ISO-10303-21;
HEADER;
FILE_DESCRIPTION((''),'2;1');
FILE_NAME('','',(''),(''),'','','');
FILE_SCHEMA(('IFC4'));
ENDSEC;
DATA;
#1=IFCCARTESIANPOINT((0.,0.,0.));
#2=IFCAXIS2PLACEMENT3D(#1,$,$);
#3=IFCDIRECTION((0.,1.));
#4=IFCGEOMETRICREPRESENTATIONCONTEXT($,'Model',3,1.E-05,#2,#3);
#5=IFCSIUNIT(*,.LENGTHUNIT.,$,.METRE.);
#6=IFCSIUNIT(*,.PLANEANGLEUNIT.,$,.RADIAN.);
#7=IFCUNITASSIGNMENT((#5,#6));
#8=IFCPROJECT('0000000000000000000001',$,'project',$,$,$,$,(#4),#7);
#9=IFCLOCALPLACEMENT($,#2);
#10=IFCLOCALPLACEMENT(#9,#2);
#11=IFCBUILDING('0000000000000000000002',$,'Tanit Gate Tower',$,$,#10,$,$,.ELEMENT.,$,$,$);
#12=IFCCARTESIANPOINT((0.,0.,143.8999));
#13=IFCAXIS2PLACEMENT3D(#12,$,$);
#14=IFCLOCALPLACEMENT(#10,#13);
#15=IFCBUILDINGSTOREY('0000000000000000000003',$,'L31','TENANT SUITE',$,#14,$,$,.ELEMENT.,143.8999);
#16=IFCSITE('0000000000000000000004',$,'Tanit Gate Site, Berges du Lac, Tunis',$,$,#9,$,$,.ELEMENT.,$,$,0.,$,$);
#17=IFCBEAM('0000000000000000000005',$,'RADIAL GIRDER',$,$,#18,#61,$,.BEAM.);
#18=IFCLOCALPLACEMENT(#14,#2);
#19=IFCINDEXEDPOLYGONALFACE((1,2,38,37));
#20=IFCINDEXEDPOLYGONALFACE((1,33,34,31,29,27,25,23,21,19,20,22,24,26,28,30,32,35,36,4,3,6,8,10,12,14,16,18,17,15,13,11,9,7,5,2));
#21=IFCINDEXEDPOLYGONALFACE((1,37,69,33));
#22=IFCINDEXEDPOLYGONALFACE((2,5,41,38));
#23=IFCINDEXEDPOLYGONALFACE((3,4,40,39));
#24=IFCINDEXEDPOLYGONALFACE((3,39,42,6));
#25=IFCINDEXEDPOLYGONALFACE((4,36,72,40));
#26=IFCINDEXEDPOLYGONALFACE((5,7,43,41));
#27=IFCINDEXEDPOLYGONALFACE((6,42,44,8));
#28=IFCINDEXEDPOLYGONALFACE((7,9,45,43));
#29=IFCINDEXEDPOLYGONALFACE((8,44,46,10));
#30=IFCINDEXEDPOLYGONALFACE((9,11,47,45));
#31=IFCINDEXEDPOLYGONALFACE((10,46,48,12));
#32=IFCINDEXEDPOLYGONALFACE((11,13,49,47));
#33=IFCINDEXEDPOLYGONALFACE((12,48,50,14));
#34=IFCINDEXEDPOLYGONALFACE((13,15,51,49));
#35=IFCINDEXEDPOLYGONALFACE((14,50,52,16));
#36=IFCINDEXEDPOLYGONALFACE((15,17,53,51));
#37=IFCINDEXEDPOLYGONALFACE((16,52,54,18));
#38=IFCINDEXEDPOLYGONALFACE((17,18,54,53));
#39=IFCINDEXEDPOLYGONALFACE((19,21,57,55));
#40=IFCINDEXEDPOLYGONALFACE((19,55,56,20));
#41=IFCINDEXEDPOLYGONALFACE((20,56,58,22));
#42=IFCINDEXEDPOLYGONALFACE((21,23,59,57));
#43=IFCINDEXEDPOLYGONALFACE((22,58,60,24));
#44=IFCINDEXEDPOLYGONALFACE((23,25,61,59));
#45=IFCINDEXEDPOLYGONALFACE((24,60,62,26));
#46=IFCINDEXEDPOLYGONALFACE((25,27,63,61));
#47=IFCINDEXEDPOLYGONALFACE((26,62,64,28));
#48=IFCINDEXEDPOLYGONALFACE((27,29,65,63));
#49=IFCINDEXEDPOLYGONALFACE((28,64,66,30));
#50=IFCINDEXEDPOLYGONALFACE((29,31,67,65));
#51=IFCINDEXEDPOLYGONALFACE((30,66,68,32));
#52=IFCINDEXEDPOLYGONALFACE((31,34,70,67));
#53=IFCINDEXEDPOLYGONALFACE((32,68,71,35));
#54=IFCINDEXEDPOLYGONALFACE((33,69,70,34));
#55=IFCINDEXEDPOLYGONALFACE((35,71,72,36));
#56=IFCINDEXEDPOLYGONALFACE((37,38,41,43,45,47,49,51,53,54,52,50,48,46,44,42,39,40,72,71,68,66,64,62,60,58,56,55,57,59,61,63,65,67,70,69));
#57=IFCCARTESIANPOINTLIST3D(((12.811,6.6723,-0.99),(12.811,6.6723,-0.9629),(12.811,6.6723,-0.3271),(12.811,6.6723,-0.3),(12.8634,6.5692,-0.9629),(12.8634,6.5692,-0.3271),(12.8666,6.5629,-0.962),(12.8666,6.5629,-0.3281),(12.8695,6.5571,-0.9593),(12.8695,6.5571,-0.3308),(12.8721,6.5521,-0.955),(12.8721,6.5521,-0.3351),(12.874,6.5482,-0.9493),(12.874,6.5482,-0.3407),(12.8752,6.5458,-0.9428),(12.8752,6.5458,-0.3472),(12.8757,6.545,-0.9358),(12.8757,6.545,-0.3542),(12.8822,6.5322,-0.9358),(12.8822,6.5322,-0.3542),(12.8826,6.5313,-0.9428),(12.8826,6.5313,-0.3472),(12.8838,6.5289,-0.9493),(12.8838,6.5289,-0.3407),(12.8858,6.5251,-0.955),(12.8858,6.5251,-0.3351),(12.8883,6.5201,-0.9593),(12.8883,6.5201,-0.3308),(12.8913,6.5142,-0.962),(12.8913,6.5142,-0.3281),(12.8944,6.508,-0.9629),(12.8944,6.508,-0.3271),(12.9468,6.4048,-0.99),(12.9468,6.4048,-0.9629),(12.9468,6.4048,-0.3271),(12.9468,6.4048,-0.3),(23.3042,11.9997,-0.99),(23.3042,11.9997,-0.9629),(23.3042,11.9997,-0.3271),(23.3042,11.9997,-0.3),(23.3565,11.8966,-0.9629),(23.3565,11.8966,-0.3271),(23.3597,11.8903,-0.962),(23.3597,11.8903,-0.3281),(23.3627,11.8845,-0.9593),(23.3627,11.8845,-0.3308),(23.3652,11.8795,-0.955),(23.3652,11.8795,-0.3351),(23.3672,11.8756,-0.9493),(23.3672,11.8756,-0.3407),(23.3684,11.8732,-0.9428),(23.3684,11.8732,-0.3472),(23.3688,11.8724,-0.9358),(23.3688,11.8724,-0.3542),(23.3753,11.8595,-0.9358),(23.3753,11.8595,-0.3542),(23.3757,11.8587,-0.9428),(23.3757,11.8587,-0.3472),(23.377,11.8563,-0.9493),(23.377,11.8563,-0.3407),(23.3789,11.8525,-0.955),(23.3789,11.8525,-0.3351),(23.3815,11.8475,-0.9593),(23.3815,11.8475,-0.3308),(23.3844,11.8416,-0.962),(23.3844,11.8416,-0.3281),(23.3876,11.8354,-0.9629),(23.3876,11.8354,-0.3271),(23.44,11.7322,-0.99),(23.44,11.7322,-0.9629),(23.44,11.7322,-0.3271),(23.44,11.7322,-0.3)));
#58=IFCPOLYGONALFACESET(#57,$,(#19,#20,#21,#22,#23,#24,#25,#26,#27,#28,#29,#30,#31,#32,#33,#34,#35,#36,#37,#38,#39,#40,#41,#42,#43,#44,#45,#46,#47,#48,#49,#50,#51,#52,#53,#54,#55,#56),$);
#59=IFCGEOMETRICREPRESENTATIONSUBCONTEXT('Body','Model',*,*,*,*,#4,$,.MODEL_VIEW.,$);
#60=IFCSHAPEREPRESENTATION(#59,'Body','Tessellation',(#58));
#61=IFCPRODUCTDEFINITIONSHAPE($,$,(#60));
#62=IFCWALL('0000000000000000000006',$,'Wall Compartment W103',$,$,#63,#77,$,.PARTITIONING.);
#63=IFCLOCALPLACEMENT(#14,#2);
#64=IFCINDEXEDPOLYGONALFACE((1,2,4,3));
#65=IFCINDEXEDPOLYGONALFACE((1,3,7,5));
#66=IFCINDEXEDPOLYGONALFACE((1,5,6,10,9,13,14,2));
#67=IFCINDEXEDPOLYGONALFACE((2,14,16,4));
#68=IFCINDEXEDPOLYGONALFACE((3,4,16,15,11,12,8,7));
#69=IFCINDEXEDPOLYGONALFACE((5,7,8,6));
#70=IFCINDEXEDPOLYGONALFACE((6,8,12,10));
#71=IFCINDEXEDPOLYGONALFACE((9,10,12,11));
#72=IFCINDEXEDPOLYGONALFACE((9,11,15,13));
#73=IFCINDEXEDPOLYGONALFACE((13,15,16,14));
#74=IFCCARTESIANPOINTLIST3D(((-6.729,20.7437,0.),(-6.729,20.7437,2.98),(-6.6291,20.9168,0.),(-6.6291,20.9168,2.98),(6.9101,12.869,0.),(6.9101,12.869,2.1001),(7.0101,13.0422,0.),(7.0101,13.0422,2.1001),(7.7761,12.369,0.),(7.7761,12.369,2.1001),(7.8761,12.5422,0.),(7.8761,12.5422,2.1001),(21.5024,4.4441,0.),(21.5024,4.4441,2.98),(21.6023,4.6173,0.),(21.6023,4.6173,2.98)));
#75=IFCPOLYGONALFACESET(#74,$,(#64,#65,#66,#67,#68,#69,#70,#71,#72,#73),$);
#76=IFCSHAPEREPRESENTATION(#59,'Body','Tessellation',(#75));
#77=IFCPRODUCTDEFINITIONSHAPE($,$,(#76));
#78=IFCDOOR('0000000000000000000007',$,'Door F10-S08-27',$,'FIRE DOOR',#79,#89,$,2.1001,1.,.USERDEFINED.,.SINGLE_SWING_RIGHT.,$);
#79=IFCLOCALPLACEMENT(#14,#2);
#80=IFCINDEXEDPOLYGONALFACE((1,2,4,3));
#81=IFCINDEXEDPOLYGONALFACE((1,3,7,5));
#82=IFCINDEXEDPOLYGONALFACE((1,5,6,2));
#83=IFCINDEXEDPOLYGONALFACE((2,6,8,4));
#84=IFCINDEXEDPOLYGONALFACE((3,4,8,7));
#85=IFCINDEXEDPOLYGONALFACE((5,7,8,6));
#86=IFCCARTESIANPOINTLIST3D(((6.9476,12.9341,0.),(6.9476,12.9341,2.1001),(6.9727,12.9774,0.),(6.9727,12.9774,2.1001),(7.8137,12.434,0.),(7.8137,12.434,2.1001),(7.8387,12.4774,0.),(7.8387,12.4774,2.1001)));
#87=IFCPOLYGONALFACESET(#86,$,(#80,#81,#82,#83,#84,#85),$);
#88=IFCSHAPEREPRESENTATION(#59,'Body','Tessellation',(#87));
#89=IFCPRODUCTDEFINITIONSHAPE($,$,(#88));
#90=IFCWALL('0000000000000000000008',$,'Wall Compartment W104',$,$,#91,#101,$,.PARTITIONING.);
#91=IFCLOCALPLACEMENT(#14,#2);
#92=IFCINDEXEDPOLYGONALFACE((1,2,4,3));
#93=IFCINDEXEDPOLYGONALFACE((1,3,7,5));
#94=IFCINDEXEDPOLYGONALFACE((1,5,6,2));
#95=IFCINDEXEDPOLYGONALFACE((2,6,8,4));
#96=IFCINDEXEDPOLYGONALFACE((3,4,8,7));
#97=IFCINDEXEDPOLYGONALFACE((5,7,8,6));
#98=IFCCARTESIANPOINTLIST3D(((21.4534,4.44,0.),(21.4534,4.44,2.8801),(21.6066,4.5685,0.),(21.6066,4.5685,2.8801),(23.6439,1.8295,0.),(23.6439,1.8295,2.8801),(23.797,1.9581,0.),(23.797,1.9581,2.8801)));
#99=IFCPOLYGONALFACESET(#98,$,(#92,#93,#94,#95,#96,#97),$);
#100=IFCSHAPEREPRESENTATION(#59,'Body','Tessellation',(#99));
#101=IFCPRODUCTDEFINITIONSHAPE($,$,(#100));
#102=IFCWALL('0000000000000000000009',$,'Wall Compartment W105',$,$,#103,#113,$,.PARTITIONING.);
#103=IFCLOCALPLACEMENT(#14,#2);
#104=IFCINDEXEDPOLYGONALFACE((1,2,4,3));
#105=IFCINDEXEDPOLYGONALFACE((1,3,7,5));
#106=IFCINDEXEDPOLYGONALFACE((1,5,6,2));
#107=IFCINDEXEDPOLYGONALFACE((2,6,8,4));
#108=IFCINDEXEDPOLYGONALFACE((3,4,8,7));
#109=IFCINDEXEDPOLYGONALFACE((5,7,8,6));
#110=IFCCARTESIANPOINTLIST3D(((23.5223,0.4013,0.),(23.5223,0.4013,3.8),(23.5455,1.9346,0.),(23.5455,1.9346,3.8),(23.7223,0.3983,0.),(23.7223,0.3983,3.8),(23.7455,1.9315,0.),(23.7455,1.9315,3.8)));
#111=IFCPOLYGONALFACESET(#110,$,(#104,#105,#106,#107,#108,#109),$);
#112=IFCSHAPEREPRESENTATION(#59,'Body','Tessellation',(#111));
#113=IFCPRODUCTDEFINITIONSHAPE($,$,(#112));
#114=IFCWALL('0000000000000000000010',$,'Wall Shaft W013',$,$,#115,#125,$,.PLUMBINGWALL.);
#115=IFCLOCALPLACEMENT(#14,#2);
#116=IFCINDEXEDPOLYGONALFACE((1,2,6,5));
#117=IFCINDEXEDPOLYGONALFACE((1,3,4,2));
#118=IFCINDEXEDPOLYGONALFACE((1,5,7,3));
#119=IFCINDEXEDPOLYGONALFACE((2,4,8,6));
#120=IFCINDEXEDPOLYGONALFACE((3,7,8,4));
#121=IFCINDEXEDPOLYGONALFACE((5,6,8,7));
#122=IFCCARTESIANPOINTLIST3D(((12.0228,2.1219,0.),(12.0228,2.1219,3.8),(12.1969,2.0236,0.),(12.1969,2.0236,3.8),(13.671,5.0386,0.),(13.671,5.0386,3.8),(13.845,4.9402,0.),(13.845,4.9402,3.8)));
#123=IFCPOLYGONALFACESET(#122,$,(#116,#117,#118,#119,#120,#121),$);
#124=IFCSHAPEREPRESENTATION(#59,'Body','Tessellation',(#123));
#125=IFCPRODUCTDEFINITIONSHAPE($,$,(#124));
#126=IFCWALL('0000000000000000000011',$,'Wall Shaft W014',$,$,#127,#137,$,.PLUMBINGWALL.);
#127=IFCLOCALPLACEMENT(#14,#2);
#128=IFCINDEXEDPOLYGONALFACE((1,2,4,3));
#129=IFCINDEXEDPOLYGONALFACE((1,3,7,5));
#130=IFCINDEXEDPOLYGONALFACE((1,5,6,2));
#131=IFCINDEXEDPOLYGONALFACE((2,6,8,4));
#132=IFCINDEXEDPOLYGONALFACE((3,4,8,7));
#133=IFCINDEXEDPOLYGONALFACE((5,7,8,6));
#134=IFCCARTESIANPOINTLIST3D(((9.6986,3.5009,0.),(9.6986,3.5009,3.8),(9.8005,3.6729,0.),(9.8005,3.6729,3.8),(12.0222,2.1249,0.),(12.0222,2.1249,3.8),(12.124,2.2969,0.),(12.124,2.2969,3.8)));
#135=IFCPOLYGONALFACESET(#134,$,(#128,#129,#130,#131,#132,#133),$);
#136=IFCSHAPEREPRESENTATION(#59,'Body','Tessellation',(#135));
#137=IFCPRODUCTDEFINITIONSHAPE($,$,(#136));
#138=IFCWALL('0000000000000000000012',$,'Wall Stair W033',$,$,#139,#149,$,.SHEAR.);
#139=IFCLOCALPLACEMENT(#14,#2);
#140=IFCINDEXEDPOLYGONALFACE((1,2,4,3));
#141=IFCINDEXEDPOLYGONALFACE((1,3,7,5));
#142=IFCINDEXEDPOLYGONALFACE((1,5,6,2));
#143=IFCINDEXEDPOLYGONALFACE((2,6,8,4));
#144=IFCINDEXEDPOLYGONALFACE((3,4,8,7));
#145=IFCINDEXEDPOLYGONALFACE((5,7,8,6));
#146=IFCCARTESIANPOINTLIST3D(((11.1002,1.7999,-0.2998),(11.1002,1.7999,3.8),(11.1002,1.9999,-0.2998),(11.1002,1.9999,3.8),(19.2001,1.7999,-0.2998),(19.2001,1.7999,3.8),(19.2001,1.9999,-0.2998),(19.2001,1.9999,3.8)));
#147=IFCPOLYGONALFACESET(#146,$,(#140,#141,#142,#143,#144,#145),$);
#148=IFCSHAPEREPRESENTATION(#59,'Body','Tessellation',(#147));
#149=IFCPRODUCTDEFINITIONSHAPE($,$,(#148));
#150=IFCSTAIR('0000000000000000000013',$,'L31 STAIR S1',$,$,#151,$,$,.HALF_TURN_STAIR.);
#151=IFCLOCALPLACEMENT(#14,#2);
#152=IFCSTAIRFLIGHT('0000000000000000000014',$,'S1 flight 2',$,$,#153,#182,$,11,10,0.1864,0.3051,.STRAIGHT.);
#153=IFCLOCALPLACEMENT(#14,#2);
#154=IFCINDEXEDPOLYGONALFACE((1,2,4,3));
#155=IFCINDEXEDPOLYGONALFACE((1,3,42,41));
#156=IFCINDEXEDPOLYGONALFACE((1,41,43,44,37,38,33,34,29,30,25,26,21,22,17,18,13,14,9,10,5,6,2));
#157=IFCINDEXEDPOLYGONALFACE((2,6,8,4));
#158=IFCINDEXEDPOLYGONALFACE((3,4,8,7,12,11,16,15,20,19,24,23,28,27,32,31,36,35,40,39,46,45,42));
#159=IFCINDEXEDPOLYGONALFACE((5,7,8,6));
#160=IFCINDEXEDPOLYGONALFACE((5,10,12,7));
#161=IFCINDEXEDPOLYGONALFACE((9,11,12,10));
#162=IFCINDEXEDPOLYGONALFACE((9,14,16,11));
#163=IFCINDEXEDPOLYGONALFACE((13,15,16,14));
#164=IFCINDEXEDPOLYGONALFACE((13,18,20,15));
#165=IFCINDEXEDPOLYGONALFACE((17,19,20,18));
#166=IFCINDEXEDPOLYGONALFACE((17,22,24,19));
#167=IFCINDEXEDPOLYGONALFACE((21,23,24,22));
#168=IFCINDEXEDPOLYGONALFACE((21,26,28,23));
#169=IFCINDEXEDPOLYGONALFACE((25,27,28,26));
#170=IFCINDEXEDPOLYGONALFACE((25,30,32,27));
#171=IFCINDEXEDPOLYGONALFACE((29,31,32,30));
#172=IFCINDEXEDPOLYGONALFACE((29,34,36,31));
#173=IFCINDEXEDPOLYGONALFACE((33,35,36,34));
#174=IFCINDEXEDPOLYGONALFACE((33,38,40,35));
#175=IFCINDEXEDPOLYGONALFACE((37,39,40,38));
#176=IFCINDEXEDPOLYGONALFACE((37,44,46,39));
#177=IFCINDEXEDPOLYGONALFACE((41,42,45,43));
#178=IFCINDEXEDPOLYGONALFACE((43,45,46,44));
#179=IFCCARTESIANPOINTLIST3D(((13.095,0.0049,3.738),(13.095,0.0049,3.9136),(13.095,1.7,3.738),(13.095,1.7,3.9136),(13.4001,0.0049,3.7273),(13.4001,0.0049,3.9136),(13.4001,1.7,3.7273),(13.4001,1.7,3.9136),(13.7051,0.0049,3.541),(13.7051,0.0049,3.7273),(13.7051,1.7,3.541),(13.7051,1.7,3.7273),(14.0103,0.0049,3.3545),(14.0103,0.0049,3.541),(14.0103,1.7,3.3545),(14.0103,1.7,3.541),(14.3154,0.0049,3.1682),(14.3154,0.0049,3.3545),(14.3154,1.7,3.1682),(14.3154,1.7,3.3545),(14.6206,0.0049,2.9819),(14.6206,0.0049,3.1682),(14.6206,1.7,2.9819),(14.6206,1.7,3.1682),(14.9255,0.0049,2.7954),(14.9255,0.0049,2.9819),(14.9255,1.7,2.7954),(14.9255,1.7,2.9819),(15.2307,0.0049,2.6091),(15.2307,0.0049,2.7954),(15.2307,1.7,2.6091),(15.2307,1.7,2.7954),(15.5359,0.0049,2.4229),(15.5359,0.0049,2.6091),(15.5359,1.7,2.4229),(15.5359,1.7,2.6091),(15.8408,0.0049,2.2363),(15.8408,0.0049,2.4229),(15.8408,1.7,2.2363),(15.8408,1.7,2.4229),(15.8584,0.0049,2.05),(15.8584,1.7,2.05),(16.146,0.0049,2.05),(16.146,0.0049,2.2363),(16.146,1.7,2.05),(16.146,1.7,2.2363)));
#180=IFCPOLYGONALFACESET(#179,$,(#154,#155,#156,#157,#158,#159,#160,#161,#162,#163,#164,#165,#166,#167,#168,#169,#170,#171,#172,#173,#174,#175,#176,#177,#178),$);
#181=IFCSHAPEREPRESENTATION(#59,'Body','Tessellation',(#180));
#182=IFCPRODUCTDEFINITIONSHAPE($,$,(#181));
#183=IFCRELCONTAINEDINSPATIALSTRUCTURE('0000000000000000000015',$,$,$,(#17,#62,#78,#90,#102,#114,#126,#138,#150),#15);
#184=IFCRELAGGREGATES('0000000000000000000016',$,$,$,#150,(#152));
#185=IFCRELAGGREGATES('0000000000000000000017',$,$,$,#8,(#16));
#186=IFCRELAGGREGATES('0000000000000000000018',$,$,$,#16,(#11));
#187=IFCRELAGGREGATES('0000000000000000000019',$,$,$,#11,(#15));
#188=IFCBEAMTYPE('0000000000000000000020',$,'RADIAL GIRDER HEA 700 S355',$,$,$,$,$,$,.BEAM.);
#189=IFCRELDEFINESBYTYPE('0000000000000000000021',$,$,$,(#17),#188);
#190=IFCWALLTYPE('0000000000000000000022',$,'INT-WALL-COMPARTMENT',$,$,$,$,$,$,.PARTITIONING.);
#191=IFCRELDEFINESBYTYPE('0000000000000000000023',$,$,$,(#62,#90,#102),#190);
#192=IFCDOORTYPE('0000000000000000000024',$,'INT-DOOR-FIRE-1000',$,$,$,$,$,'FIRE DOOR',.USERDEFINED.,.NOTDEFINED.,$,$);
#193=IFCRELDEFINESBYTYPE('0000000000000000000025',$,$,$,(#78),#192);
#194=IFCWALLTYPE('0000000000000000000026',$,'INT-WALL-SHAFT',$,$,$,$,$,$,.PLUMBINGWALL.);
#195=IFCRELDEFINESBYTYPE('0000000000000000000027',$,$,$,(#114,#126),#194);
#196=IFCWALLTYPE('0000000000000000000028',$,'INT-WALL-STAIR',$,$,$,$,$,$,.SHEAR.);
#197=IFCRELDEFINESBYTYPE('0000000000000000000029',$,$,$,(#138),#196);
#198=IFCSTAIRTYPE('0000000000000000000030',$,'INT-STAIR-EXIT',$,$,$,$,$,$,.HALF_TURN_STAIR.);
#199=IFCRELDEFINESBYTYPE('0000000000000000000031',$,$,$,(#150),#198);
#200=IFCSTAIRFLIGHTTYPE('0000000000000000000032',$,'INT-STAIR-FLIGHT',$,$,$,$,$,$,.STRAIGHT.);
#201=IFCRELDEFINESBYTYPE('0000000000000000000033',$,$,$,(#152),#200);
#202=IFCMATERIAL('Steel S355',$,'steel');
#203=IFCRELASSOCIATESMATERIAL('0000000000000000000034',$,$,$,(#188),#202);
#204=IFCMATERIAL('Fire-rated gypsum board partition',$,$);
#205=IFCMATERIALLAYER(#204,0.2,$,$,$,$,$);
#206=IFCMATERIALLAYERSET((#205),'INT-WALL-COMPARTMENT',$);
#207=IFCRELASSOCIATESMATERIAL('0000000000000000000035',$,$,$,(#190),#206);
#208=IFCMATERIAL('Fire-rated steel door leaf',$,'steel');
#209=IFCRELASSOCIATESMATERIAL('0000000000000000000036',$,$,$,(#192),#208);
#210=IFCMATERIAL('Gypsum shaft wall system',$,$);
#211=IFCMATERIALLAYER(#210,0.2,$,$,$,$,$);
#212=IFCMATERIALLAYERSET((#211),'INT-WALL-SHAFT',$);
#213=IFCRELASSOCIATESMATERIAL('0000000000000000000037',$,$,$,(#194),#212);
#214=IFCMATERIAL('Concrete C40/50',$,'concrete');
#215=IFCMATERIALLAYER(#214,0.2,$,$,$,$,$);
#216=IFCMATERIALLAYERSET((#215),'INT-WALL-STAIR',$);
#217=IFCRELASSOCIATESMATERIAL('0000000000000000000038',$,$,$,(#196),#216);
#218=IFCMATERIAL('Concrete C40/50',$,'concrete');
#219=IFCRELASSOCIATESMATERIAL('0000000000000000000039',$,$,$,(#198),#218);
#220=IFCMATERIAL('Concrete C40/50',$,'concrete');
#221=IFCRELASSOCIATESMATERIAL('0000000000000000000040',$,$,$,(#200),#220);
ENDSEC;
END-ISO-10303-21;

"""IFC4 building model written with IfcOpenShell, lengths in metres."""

from ifc_helpers import new_model, si_unit, direction, frame, frame_2d, origin, origin_2d, place, context, subcontext, project, spatial, polyline, rectangle, i_section, outline, extrude, material, layer, layer_set, material_profile, profile_set, type_object, element, fill, aggregate, save


model = new_model("IFC4")

# Units and contexts
model_context = context("Model", 3, precision=1e-05, world=origin(), true_north=direction((0.0, 1.0)))
body_context = subcontext(model_context, "Body", "Model", "MODEL_VIEW")
ifc_project = project(units=[si_unit("LENGTHUNIT", "METRE"), si_unit("PLANEANGLEUNIT", "RADIAN")], contexts=[model_context])

# Site, building, storey
site_placement = place(None, origin())
site = spatial("IfcSite", under=ifc_project, at=site_placement, Name="Tanit Gate Site, Berges du Lac, Tunis", CompositionType="ELEMENT", RefElevation=0.0)
building_placement = place(site_placement, origin())
building = spatial("IfcBuilding", under=site, at=building_placement, Name="Tanit Gate Tower", CompositionType="ELEMENT")
storey_placement = place(building_placement, frame((0.0, 0.0, 143.8999)))
storey = spatial("IfcBuildingStorey", under=building, at=storey_placement, Name="L31", Description="TENANT SUITE", CompositionType="ELEMENT", Elevation=143.8999)

# Beam
ifc_material_1 = material(Name="Steel S355", Category="steel")
ifc_material_profile = material_profile(ifc_material_1, i_section(OverallWidth=0.3, OverallDepth=0.6899, WebThickness=0.0144, FlangeThickness=0.0271, FilletRadius=0.0271, at=origin_2d()), Name="HEA 700")
ifc_profile_set = profile_set([ifc_material_profile], Name="Steel S355")
beam_type = type_object("IfcBeamType", Name="RADIAL GIRDER HEA 700 S355", PredefinedType="BEAM", material=ifc_profile_set)
beam_placement = place(storey_placement, frame((23.3721, 11.866, -0.645), z_axis=(-0.891664, -0.452699, 0.0), x_axis=(0.452699, -0.891664, 0.0)))
element("IfcBeam", 1, at=beam_placement, inside=storey, type_object=beam_type, Name="RADIAL GIRDER", PredefinedType="BEAM", context=body_context, shape_type="SweptSolid", body=[
    extrude(i_section(OverallWidth=0.3, OverallDepth=0.6899, WebThickness=0.0144, FlangeThickness=0.0271, FilletRadius=0.0271, at=origin_2d()), origin(), (0.0, 0.0, 1.0), 11.7681),
])

# Wall, opening, door
ifc_material_2 = material(Name="Fire-rated gypsum board partition")
ifc_layer_1 = layer(ifc_material_2, 0.2)
ifc_layer_set_1 = layer_set([ifc_layer_1], Name="INT-WALL-COMPARTMENT")
wall_type_1 = type_object("IfcWallType", Name="INT-WALL-COMPARTMENT", PredefinedType="PARTITIONING", material=ifc_layer_set_1)
wall_1_placement = place(storey_placement, frame((21.5522, 4.5308, 0.0), z_axis=(0.0, 0.0, 1.0), x_axis=(-0.866024, 0.500003, 0.0)))
wall_1 = element("IfcWall", 2, at=wall_1_placement, inside=storey, type_object=wall_type_1, Name="Wall Compartment W103", PredefinedType="PARTITIONING", context=body_context, shape_type="SweptSolid", body=[
    extrude(rectangle(XDim=32.5989, YDim=0.2, at=frame_2d((16.2993, 0.0))), origin(), (0.0, 0.0, 1.0), 2.98),
])
opening_1_placement = place(wall_1_placement, frame((15.8496, 0.0, 0.0)))
opening_1 = element("IfcOpeningElement", 3, at=opening_1_placement, cuts=wall_1, PredefinedType="OPENING", context=body_context, shape_type="SweptSolid", body=[
    extrude(rectangle(XDim=1.0, YDim=2.1001, at=frame_2d((0.5, 1.05))), frame((0.0, 0.1099, 0.0), z_axis=(0.0, -1.0, 0.0), x_axis=(1.0, 0.0, 0.0)), (0.0, 0.0, 1.0), 0.22),
])
ifc_material_3 = material(Name="Fire-rated steel door leaf", Category="steel")
door_type_1 = type_object("IfcDoorType", Name="INT-DOOR-FIRE-1000", ElementType="FIRE DOOR", OperationType="NOTDEFINED", PredefinedType="USERDEFINED", material=ifc_material_3)
door_1_placement = place(opening_1_placement, origin())
door_1 = element("IfcDoor", 4, at=door_1_placement, inside=storey, type_object=door_type_1, Name="Door F10-S08-27", ObjectType="FIRE DOOR", OperationType="SINGLE_SWING_RIGHT", OverallHeight=2.1001, OverallWidth=1.0, PredefinedType="USERDEFINED", context=body_context, shape_type="SweptSolid", body=[
    extrude(rectangle(XDim=1.0, YDim=2.1001, at=frame_2d((0.5, 1.05))), frame((0.0, 0.0249, 0.0), z_axis=(0.0, -1.0, 0.0), x_axis=(1.0, 0.0, 0.0)), (0.0, 0.0, 1.0), 0.05),
])
fill(opening_1, door_1)

# Walls
wall_2_placement = place(storey_placement, frame((23.7205, 1.8938, 0.0), z_axis=(0.0, 0.0, 1.0), x_axis=(-0.642802, 0.766032, 0.0)))
element("IfcWall", 5, at=wall_2_placement, inside=storey, type_object=wall_type_1, Name="Wall Compartment W104", PredefinedType="PARTITIONING", context=body_context, shape_type="SweptSolid", body=[
    extrude(rectangle(XDim=3.4077, YDim=0.2, at=frame_2d((1.7039, 0.0))), origin(), (0.0, 0.0, 1.0), 2.8801),
])
wall_3_placement = place(storey_placement, frame((23.6223, 0.3999, 0.0), z_axis=(0.0, 0.0, 1.0), x_axis=(0.015126, 0.999886, 0.0)))
element("IfcWall", 6, at=wall_3_placement, inside=storey, type_object=wall_type_1, Name="Wall Compartment W105", PredefinedType="PARTITIONING", context=body_context, shape_type="SweptSolid", body=[
    extrude(rectangle(XDim=1.5334, YDim=0.2, at=frame_2d((0.7666, 0.0))), origin(), (0.0, 0.0, 1.0), 3.8),
])
ifc_material_4 = material(Name="Gypsum shaft wall system")
ifc_layer_2 = layer(ifc_material_4, 0.2)
ifc_layer_set_2 = layer_set([ifc_layer_2], Name="INT-WALL-SHAFT")
wall_type_2 = type_object("IfcWallType", Name="INT-WALL-SHAFT", PredefinedType="PLUMBINGWALL", material=ifc_layer_set_2)
wall_4_placement = place(storey_placement, frame((12.1099, 2.0728, 0.0), z_axis=(0.0, 0.0, 1.0), x_axis=(0.491966, 0.870614, 0.0)))
element("IfcWall", 7, at=wall_4_placement, inside=storey, type_object=wall_type_2, Name="Wall Shaft W013", PredefinedType="PLUMBINGWALL", context=body_context, shape_type="SweptSolid", body=[
    extrude(rectangle(XDim=3.3501, YDim=0.2, at=frame_2d((1.675, 0.0))), origin(), (0.0, 0.0, 1.0), 3.8),
])
wall_5_placement = place(storey_placement, frame((12.073, 2.2109, 0.0), z_axis=(0.0, 0.0, 1.0), x_axis=(-0.860438, 0.509555, 0.0)))
element("IfcWall", 8, at=wall_5_placement, inside=storey, type_object=wall_type_2, Name="Wall Shaft W014", PredefinedType="PLUMBINGWALL", context=body_context, shape_type="SweptSolid", body=[
    extrude(rectangle(XDim=2.7004, YDim=0.2, at=frame_2d((1.3501, 0.0))), origin(), (0.0, 0.0, 1.0), 3.8),
])
ifc_material_5 = material(Name="Concrete C40/50", Category="concrete")
ifc_layer_3 = layer(ifc_material_5, 0.2)
ifc_layer_set_3 = layer_set([ifc_layer_3], Name="INT-WALL-STAIR")
wall_type_3 = type_object("IfcWallType", Name="INT-WALL-STAIR", PredefinedType="SHEAR", material=ifc_layer_set_3)
wall_6_placement = place(storey_placement, frame((19.2, 1.8999, -0.2998), z_axis=(0.0, 0.0, 1.0), x_axis=(-1.0, 0.0, 0.0)))
element("IfcWall", 9, at=wall_6_placement, inside=storey, type_object=wall_type_3, Name="Wall Stair W033", PredefinedType="SHEAR", context=body_context, shape_type="SweptSolid", body=[
    extrude(rectangle(XDim=8.0999, YDim=0.2, at=frame_2d((4.0498, 0.0))), origin(), (0.0, 0.0, 1.0), 4.0999),
])

# Stair, stair flight
ifc_material_6 = material(Name="Concrete C40/50", Category="concrete")
stair_type = type_object("IfcStairType", Name="INT-STAIR-EXIT", PredefinedType="HALF_TURN_STAIR", material=ifc_material_6)
stair_placement = place(storey_placement, origin())
stair = element("IfcStair", 10, at=stair_placement, inside=storey, type_object=stair_type, Name="L31 STAIR S1", PredefinedType="HALF_TURN_STAIR")
ifc_material_7 = material(Name="Concrete C40/50", Category="concrete")
stair_flight_type = type_object("IfcStairFlightType", Name="INT-STAIR-FLIGHT", PredefinedType="STRAIGHT", material=ifc_material_7)
stair_flight_placement = place(storey_placement, frame((16.146, 0.8525, 2.05), z_axis=(0.0, 0.0, 1.0), x_axis=(-1.0, 0.0, 0.0)))
stair_flight = element("IfcStairFlight", 11, at=stair_flight_placement, type_object=stair_flight_type, Name="S1 flight 2", NumberOfRisers=11, NumberOfTreads=10, PredefinedType="STRAIGHT", RiserHeight=0.1864, TreadLength=0.3051, context=body_context, shape_type="SweptSolid", body=[
    extrude(outline(polyline([(0.0, 0.0), (0.0, 0.1863), (0.3052, 0.1863), (0.3052, 0.3728), (0.6101, 0.3728), (0.6101, 0.5591), (0.9153, 0.5591), (0.9153, 0.7454), (1.2205, 0.7454), (1.2205, 0.9319), (1.5254, 0.9319), (1.5254, 1.1182), (1.8306, 1.1182), (1.8306, 1.3044), (2.1357, 1.3044), (2.1357, 1.491), (2.4409, 1.491), (2.4409, 1.6772), (2.7458, 1.6772), (2.7458, 1.8635), (3.051, 1.8635), (3.051, 2.05), (3.051, 1.688), (0.2876, 0.0), (0.0, 0.0)])), frame((0.0, 0.8477, 0.0), z_axis=(0.0, -1.0, 0.0), x_axis=(1.0, 0.0, 0.0)), (0.0, 0.0, 1.0), 1.6951),
])
aggregate(stair, [stair_flight])

save(model, "model.ifc")
